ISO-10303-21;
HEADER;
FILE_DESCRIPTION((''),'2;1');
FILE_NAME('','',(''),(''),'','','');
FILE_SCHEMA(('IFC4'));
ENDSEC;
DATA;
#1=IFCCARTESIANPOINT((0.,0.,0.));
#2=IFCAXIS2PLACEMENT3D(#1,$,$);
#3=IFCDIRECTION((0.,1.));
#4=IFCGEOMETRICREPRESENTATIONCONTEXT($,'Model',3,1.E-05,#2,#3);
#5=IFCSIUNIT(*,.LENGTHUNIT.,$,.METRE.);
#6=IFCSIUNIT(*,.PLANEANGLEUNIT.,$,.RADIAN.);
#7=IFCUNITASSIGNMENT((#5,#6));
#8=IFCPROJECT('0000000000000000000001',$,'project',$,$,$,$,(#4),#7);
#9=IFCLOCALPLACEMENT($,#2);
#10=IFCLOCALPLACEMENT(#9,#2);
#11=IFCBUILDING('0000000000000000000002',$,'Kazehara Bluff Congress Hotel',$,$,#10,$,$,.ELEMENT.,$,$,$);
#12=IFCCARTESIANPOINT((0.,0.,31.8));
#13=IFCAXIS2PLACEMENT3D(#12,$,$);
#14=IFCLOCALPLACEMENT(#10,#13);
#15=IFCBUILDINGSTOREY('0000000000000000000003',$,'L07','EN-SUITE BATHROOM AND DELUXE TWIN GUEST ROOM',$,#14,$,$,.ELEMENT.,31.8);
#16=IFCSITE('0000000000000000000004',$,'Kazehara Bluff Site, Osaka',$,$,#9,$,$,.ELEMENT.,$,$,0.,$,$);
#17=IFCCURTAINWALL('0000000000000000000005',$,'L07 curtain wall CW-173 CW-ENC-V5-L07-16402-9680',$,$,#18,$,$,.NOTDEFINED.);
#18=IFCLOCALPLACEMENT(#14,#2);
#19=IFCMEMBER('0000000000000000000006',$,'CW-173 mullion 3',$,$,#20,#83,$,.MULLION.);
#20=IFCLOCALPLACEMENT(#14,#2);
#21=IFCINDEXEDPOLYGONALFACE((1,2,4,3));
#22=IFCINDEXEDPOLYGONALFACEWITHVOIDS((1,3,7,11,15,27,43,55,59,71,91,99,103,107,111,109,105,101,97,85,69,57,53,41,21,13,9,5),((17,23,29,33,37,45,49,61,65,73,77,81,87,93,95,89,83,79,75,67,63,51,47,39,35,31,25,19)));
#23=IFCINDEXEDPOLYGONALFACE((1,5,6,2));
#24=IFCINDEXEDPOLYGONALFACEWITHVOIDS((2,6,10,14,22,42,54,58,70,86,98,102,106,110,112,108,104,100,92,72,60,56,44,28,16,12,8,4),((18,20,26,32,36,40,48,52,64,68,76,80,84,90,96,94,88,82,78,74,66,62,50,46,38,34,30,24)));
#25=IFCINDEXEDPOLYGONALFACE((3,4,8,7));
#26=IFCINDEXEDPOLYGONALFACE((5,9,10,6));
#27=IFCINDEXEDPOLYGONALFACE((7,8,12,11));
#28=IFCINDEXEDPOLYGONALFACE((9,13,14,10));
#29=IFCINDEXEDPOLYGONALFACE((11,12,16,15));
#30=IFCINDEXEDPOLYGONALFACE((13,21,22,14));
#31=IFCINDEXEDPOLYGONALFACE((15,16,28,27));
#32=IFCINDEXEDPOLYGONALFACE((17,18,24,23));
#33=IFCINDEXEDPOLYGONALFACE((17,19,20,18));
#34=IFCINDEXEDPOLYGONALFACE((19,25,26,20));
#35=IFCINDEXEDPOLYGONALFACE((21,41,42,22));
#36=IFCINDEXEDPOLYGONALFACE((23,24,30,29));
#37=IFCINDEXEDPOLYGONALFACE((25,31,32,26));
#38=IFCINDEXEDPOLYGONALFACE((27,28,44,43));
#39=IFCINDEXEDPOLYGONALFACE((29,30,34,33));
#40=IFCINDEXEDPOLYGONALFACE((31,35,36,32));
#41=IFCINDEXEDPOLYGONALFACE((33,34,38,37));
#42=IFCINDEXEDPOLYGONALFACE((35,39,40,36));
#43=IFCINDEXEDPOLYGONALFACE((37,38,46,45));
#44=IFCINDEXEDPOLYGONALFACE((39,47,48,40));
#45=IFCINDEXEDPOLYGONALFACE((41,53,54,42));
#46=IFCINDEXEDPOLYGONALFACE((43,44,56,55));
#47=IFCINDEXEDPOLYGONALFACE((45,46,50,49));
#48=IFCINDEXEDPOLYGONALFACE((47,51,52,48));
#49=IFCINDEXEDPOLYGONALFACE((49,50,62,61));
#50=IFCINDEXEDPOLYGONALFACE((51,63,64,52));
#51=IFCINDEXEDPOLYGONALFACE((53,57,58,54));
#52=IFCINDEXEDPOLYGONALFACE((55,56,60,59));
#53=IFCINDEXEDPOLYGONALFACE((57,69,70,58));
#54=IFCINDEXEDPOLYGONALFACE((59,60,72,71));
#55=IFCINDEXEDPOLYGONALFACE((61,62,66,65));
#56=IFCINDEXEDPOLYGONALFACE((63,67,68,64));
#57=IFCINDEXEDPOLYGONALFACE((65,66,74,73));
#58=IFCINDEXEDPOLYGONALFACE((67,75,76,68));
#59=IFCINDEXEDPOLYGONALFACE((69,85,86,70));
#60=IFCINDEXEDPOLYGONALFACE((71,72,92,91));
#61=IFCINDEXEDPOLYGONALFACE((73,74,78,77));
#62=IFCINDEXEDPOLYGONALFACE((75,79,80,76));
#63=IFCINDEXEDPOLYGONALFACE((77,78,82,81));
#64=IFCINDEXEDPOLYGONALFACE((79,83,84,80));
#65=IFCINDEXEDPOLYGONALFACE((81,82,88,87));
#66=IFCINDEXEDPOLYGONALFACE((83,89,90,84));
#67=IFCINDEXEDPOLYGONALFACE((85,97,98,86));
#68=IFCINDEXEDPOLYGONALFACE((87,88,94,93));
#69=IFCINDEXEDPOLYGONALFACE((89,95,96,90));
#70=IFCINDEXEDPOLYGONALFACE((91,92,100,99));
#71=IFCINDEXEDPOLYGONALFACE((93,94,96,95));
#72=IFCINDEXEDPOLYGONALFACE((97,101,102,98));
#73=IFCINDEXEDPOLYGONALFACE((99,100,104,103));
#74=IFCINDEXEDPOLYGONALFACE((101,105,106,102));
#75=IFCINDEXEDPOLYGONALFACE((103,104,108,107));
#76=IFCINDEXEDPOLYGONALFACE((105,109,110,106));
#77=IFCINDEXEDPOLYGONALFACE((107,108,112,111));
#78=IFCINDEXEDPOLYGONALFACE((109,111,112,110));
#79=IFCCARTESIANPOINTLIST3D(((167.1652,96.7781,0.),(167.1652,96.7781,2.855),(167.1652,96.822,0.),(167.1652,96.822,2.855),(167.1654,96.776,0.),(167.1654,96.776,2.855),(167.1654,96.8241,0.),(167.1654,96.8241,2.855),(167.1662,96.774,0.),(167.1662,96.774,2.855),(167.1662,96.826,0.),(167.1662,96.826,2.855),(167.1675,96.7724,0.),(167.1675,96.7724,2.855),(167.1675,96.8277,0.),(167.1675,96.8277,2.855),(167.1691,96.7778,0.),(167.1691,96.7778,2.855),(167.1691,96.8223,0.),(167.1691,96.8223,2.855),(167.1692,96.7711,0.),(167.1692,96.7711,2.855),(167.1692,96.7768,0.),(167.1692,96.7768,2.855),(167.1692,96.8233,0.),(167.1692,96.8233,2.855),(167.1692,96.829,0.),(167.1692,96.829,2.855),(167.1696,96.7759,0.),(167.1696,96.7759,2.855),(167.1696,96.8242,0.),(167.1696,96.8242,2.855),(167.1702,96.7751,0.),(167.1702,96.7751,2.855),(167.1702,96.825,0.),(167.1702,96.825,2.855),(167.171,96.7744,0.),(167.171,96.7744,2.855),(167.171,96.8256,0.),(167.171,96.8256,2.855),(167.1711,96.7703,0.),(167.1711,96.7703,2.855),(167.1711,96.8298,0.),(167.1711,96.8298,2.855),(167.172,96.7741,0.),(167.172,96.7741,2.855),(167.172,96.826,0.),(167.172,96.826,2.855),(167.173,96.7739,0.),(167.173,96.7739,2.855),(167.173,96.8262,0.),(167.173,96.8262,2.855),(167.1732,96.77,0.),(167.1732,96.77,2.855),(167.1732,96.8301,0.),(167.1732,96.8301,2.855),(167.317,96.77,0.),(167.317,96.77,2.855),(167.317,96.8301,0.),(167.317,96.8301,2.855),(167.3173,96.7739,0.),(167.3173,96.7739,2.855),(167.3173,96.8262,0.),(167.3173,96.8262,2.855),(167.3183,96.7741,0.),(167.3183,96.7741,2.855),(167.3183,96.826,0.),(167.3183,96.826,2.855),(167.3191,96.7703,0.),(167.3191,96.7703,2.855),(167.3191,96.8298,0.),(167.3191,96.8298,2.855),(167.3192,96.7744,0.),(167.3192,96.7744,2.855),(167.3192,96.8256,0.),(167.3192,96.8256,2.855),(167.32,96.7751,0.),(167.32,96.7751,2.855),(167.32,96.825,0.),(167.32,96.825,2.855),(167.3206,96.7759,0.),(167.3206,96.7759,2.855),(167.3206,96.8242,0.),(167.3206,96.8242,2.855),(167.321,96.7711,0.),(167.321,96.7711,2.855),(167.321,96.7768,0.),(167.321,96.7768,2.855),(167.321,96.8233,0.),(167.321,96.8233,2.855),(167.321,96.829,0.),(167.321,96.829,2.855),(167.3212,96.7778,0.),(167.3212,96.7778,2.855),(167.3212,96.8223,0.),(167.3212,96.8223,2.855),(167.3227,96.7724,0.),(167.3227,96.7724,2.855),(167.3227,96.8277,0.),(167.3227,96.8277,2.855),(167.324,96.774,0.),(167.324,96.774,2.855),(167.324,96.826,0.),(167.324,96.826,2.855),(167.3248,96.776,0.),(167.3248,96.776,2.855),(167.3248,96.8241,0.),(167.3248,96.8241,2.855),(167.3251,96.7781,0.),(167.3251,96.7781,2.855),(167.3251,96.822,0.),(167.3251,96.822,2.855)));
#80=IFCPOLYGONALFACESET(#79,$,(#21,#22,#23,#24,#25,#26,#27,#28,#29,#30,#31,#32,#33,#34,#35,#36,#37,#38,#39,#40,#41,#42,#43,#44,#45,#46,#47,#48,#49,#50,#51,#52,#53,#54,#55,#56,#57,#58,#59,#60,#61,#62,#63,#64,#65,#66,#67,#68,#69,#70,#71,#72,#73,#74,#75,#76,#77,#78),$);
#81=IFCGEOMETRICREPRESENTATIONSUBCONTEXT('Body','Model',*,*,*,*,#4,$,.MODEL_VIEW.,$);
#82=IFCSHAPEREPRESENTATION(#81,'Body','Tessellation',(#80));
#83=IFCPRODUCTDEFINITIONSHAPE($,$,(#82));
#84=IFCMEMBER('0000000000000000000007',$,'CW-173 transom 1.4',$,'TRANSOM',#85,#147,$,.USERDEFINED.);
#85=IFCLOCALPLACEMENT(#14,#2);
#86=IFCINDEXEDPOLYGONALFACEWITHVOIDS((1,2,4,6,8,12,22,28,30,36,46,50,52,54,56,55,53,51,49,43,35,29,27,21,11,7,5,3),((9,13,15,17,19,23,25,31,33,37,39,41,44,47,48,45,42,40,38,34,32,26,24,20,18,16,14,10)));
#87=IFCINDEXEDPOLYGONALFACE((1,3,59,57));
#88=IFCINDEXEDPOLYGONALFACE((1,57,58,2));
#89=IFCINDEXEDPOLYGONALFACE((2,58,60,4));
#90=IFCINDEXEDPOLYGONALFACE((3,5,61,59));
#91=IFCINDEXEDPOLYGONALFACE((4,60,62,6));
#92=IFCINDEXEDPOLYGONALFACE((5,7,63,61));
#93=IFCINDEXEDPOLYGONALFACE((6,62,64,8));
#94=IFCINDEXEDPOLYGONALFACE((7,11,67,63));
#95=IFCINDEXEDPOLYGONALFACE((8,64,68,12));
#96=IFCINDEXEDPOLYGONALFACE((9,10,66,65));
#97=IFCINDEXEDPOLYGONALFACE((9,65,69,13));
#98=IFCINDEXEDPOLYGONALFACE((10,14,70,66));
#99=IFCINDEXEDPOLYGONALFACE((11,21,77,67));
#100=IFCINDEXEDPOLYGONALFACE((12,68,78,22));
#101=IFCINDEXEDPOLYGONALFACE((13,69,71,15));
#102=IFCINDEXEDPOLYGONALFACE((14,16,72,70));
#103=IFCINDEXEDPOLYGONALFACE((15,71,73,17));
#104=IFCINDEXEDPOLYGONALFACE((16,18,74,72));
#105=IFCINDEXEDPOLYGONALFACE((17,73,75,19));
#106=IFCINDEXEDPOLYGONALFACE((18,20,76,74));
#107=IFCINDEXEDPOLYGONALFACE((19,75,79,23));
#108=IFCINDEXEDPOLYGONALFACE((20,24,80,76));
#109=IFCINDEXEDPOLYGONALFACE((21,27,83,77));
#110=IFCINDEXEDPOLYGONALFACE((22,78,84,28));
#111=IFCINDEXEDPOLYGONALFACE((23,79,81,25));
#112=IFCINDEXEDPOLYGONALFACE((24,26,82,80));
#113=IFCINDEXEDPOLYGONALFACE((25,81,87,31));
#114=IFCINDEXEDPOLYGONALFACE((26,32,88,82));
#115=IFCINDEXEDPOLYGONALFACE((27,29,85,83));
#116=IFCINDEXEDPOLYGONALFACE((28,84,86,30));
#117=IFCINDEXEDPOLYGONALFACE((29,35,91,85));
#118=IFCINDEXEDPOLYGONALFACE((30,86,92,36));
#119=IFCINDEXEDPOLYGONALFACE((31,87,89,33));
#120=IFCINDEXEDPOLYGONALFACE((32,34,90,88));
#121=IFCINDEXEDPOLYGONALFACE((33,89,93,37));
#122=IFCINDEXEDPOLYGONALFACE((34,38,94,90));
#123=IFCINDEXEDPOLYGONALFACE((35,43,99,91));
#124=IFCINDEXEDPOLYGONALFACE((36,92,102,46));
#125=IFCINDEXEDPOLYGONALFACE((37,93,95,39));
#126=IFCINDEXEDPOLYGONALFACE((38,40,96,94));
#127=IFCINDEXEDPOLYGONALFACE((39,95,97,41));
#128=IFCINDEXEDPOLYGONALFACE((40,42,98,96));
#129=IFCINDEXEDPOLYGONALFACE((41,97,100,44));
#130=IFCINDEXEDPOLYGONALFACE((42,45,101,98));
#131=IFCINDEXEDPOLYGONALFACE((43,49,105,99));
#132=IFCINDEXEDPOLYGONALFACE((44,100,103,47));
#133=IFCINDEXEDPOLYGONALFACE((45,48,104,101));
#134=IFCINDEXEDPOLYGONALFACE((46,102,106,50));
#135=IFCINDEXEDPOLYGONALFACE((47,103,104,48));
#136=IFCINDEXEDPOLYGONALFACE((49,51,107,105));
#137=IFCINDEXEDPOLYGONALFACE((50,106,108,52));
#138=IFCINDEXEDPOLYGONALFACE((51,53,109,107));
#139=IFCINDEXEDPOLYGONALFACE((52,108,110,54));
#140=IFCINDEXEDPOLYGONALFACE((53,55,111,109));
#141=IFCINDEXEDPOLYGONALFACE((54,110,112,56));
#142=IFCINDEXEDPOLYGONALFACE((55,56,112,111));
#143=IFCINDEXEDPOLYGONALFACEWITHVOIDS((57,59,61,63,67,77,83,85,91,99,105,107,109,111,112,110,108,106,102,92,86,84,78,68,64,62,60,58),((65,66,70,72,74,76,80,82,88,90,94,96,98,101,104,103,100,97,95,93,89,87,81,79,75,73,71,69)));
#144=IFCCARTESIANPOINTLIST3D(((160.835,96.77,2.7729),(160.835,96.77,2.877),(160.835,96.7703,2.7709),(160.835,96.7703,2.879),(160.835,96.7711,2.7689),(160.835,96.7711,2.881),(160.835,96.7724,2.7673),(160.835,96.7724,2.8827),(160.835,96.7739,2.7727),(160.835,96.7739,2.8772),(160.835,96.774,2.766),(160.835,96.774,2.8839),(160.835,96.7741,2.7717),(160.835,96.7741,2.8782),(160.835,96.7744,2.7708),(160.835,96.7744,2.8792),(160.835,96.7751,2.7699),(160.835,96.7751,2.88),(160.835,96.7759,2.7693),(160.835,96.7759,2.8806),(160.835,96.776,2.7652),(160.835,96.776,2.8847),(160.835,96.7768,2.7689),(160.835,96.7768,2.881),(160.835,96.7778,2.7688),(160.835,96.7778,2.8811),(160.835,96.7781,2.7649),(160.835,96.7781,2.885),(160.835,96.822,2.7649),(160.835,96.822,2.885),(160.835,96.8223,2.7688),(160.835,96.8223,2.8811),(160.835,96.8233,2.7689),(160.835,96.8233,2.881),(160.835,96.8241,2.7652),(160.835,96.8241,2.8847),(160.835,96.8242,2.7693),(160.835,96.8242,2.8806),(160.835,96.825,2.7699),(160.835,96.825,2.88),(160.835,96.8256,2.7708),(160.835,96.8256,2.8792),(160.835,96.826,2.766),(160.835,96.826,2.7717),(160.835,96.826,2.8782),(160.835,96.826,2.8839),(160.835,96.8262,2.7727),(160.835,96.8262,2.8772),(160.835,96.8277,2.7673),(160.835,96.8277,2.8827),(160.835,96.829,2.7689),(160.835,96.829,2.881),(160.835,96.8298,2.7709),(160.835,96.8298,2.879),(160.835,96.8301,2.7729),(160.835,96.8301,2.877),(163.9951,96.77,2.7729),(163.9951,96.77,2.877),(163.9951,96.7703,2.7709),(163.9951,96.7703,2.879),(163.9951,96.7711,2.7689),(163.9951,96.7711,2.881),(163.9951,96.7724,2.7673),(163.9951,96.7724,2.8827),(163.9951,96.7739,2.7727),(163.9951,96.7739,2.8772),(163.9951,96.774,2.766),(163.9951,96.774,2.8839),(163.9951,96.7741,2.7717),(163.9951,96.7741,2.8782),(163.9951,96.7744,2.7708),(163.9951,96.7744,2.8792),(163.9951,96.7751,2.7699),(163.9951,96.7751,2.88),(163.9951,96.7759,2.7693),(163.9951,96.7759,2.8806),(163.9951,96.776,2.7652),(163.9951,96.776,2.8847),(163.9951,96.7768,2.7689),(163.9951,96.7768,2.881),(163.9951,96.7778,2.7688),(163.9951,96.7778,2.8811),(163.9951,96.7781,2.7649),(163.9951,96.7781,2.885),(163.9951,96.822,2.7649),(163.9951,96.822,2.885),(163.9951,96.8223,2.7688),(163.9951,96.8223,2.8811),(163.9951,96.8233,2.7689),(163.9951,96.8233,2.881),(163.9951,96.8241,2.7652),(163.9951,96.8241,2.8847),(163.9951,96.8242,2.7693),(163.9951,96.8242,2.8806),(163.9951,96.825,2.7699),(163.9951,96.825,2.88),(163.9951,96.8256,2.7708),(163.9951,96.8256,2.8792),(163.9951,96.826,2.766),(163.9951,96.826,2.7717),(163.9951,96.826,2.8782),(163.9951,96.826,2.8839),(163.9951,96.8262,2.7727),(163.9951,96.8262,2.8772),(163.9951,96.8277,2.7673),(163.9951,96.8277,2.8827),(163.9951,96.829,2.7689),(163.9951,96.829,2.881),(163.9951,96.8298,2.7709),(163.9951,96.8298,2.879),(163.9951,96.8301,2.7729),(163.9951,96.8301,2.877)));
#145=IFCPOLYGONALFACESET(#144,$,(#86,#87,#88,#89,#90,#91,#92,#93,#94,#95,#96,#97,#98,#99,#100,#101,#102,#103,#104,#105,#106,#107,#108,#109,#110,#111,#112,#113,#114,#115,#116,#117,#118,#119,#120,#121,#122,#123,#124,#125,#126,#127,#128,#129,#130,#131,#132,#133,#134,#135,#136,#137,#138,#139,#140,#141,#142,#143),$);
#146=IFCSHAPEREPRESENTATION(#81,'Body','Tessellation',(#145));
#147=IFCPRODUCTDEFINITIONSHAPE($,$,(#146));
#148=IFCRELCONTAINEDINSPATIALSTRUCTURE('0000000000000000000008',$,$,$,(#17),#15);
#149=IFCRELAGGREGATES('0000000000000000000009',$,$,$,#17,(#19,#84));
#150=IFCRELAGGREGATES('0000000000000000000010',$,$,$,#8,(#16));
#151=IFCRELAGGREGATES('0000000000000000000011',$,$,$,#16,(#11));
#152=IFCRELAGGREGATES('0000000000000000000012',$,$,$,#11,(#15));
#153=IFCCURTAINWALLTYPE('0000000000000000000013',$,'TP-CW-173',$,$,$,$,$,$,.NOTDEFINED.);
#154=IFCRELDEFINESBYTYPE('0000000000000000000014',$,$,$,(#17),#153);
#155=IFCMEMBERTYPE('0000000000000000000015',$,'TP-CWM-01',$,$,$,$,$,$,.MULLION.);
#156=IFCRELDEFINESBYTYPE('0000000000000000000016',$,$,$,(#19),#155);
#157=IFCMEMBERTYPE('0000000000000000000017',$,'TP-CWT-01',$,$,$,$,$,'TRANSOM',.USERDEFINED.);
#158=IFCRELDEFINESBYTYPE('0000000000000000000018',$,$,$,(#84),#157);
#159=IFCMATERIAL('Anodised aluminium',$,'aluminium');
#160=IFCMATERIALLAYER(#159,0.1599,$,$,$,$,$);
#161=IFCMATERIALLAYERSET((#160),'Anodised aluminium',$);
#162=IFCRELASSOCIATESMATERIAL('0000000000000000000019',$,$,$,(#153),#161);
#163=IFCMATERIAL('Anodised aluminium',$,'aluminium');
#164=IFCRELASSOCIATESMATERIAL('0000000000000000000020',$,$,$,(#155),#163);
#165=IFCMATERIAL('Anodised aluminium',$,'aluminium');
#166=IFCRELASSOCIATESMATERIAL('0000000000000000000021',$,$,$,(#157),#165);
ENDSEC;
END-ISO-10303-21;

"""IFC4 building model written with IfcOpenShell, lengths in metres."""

from ifc_helpers import new_model, si_unit, direction, frame, origin, origin_2d, place, context, subcontext, project, spatial, hollow_rectangle, extrude, material, layer, layer_set, material_profile, profile_set, type_object, element, aggregate, save


model = new_model("IFC4")

# Units and contexts
model_context = context("Model", 3, precision=1e-05, world=origin(), true_north=direction((0.0, 1.0)))
body_context = subcontext(model_context, "Body", "Model", "MODEL_VIEW")
ifc_project = project(units=[si_unit("LENGTHUNIT", "METRE"), si_unit("PLANEANGLEUNIT", "RADIAN")], contexts=[model_context])

# Site, building, storey
site_placement = place(None, origin())
site = spatial("IfcSite", under=ifc_project, at=site_placement, Name="Kazehara Bluff Site, Osaka", CompositionType="ELEMENT", RefElevation=0.0)
building_placement = place(site_placement, origin())
building = spatial("IfcBuilding", under=site, at=building_placement, Name="Kazehara Bluff Congress Hotel", CompositionType="ELEMENT")
storey_placement = place(building_placement, frame((0.0, 0.0, 31.8)))
storey = spatial("IfcBuildingStorey", under=building, at=storey_placement, Name="L07", Description="EN-SUITE BATHROOM AND DELUXE TWIN GUEST ROOM", CompositionType="ELEMENT", Elevation=31.8)

# Curtain wall, members
ifc_material_1 = material(Name="Anodised aluminium", Category="aluminium")
ifc_layer_1 = layer(ifc_material_1, 0.1599)
ifc_layer_set_1 = layer_set([ifc_layer_1], Name="Anodised aluminium")
curtain_wall_type = type_object("IfcCurtainWallType", Name="TP-CW-173", PredefinedType="NOTDEFINED", material=ifc_layer_set_1)
curtain_wall_placement = place(storey_placement, origin())
curtain_wall = element("IfcCurtainWall", 1, at=curtain_wall_placement, inside=storey, type_object=curtain_wall_type, Name="L07 curtain wall CW-173 CW-ENC-V5-L07-16402-9680", PredefinedType="NOTDEFINED")
ifc_material_2 = material(Name="Anodised aluminium", Category="aluminium")
ifc_material_profile_1 = material_profile(ifc_material_2, hollow_rectangle(XDim=0.0601, YDim=0.1599, WallThickness=0.0039, InnerFilletRadius=0.0039, OuterFilletRadius=0.0081, at=origin_2d()))
ifc_profile_set_1 = profile_set([ifc_material_profile_1], Name="Anodised aluminium")
member_type_1 = type_object("IfcMemberType", Name="TP-CWM-01", PredefinedType="MULLION", material=ifc_profile_set_1)
member_1_placement = place(storey_placement, frame((167.2451, 96.8, 0.0), z_axis=(0.0, 0.0, 1.0), x_axis=(0.0, 1.0, 0.0)))
member_1 = element("IfcMember", 2, at=member_1_placement, type_object=member_type_1, Name="CW-173 mullion 3", PredefinedType="MULLION", context=body_context, shape_type="SweptSolid", body=[
    extrude(hollow_rectangle(XDim=0.0601, YDim=0.1599, WallThickness=0.0039, InnerFilletRadius=0.0039, OuterFilletRadius=0.0081, at=origin_2d()), origin(), (0.0, 0.0, 1.0), 2.855),
])
ifc_material_3 = material(Name="Anodised aluminium", Category="aluminium")
ifc_material_profile_2 = material_profile(ifc_material_3, hollow_rectangle(XDim=0.0601, YDim=0.1201, WallThickness=0.0039, InnerFilletRadius=0.0039, OuterFilletRadius=0.0081, at=origin_2d()))
ifc_profile_set_2 = profile_set([ifc_material_profile_2], Name="Anodised aluminium")
member_type_2 = type_object("IfcMemberType", Name="TP-CWT-01", ElementType="TRANSOM", PredefinedType="USERDEFINED", material=ifc_profile_set_2)
member_2_placement = place(storey_placement, frame((160.835, 96.8, 2.825), z_axis=(1.0, 0.0, 0.0), x_axis=(0.0, 1.0, 0.0)))
member_2 = element("IfcMember", 3, at=member_2_placement, type_object=member_type_2, Name="CW-173 transom 1.4", ObjectType="TRANSOM", PredefinedType="USERDEFINED", context=body_context, shape_type="SweptSolid", body=[
    extrude(hollow_rectangle(XDim=0.0601, YDim=0.1201, WallThickness=0.0039, InnerFilletRadius=0.0039, OuterFilletRadius=0.0081, at=origin_2d()), origin(), (0.0, 0.0, 1.0), 3.1602),
])
aggregate(curtain_wall, [member_1, member_2])

save(model, "model.ifc")
